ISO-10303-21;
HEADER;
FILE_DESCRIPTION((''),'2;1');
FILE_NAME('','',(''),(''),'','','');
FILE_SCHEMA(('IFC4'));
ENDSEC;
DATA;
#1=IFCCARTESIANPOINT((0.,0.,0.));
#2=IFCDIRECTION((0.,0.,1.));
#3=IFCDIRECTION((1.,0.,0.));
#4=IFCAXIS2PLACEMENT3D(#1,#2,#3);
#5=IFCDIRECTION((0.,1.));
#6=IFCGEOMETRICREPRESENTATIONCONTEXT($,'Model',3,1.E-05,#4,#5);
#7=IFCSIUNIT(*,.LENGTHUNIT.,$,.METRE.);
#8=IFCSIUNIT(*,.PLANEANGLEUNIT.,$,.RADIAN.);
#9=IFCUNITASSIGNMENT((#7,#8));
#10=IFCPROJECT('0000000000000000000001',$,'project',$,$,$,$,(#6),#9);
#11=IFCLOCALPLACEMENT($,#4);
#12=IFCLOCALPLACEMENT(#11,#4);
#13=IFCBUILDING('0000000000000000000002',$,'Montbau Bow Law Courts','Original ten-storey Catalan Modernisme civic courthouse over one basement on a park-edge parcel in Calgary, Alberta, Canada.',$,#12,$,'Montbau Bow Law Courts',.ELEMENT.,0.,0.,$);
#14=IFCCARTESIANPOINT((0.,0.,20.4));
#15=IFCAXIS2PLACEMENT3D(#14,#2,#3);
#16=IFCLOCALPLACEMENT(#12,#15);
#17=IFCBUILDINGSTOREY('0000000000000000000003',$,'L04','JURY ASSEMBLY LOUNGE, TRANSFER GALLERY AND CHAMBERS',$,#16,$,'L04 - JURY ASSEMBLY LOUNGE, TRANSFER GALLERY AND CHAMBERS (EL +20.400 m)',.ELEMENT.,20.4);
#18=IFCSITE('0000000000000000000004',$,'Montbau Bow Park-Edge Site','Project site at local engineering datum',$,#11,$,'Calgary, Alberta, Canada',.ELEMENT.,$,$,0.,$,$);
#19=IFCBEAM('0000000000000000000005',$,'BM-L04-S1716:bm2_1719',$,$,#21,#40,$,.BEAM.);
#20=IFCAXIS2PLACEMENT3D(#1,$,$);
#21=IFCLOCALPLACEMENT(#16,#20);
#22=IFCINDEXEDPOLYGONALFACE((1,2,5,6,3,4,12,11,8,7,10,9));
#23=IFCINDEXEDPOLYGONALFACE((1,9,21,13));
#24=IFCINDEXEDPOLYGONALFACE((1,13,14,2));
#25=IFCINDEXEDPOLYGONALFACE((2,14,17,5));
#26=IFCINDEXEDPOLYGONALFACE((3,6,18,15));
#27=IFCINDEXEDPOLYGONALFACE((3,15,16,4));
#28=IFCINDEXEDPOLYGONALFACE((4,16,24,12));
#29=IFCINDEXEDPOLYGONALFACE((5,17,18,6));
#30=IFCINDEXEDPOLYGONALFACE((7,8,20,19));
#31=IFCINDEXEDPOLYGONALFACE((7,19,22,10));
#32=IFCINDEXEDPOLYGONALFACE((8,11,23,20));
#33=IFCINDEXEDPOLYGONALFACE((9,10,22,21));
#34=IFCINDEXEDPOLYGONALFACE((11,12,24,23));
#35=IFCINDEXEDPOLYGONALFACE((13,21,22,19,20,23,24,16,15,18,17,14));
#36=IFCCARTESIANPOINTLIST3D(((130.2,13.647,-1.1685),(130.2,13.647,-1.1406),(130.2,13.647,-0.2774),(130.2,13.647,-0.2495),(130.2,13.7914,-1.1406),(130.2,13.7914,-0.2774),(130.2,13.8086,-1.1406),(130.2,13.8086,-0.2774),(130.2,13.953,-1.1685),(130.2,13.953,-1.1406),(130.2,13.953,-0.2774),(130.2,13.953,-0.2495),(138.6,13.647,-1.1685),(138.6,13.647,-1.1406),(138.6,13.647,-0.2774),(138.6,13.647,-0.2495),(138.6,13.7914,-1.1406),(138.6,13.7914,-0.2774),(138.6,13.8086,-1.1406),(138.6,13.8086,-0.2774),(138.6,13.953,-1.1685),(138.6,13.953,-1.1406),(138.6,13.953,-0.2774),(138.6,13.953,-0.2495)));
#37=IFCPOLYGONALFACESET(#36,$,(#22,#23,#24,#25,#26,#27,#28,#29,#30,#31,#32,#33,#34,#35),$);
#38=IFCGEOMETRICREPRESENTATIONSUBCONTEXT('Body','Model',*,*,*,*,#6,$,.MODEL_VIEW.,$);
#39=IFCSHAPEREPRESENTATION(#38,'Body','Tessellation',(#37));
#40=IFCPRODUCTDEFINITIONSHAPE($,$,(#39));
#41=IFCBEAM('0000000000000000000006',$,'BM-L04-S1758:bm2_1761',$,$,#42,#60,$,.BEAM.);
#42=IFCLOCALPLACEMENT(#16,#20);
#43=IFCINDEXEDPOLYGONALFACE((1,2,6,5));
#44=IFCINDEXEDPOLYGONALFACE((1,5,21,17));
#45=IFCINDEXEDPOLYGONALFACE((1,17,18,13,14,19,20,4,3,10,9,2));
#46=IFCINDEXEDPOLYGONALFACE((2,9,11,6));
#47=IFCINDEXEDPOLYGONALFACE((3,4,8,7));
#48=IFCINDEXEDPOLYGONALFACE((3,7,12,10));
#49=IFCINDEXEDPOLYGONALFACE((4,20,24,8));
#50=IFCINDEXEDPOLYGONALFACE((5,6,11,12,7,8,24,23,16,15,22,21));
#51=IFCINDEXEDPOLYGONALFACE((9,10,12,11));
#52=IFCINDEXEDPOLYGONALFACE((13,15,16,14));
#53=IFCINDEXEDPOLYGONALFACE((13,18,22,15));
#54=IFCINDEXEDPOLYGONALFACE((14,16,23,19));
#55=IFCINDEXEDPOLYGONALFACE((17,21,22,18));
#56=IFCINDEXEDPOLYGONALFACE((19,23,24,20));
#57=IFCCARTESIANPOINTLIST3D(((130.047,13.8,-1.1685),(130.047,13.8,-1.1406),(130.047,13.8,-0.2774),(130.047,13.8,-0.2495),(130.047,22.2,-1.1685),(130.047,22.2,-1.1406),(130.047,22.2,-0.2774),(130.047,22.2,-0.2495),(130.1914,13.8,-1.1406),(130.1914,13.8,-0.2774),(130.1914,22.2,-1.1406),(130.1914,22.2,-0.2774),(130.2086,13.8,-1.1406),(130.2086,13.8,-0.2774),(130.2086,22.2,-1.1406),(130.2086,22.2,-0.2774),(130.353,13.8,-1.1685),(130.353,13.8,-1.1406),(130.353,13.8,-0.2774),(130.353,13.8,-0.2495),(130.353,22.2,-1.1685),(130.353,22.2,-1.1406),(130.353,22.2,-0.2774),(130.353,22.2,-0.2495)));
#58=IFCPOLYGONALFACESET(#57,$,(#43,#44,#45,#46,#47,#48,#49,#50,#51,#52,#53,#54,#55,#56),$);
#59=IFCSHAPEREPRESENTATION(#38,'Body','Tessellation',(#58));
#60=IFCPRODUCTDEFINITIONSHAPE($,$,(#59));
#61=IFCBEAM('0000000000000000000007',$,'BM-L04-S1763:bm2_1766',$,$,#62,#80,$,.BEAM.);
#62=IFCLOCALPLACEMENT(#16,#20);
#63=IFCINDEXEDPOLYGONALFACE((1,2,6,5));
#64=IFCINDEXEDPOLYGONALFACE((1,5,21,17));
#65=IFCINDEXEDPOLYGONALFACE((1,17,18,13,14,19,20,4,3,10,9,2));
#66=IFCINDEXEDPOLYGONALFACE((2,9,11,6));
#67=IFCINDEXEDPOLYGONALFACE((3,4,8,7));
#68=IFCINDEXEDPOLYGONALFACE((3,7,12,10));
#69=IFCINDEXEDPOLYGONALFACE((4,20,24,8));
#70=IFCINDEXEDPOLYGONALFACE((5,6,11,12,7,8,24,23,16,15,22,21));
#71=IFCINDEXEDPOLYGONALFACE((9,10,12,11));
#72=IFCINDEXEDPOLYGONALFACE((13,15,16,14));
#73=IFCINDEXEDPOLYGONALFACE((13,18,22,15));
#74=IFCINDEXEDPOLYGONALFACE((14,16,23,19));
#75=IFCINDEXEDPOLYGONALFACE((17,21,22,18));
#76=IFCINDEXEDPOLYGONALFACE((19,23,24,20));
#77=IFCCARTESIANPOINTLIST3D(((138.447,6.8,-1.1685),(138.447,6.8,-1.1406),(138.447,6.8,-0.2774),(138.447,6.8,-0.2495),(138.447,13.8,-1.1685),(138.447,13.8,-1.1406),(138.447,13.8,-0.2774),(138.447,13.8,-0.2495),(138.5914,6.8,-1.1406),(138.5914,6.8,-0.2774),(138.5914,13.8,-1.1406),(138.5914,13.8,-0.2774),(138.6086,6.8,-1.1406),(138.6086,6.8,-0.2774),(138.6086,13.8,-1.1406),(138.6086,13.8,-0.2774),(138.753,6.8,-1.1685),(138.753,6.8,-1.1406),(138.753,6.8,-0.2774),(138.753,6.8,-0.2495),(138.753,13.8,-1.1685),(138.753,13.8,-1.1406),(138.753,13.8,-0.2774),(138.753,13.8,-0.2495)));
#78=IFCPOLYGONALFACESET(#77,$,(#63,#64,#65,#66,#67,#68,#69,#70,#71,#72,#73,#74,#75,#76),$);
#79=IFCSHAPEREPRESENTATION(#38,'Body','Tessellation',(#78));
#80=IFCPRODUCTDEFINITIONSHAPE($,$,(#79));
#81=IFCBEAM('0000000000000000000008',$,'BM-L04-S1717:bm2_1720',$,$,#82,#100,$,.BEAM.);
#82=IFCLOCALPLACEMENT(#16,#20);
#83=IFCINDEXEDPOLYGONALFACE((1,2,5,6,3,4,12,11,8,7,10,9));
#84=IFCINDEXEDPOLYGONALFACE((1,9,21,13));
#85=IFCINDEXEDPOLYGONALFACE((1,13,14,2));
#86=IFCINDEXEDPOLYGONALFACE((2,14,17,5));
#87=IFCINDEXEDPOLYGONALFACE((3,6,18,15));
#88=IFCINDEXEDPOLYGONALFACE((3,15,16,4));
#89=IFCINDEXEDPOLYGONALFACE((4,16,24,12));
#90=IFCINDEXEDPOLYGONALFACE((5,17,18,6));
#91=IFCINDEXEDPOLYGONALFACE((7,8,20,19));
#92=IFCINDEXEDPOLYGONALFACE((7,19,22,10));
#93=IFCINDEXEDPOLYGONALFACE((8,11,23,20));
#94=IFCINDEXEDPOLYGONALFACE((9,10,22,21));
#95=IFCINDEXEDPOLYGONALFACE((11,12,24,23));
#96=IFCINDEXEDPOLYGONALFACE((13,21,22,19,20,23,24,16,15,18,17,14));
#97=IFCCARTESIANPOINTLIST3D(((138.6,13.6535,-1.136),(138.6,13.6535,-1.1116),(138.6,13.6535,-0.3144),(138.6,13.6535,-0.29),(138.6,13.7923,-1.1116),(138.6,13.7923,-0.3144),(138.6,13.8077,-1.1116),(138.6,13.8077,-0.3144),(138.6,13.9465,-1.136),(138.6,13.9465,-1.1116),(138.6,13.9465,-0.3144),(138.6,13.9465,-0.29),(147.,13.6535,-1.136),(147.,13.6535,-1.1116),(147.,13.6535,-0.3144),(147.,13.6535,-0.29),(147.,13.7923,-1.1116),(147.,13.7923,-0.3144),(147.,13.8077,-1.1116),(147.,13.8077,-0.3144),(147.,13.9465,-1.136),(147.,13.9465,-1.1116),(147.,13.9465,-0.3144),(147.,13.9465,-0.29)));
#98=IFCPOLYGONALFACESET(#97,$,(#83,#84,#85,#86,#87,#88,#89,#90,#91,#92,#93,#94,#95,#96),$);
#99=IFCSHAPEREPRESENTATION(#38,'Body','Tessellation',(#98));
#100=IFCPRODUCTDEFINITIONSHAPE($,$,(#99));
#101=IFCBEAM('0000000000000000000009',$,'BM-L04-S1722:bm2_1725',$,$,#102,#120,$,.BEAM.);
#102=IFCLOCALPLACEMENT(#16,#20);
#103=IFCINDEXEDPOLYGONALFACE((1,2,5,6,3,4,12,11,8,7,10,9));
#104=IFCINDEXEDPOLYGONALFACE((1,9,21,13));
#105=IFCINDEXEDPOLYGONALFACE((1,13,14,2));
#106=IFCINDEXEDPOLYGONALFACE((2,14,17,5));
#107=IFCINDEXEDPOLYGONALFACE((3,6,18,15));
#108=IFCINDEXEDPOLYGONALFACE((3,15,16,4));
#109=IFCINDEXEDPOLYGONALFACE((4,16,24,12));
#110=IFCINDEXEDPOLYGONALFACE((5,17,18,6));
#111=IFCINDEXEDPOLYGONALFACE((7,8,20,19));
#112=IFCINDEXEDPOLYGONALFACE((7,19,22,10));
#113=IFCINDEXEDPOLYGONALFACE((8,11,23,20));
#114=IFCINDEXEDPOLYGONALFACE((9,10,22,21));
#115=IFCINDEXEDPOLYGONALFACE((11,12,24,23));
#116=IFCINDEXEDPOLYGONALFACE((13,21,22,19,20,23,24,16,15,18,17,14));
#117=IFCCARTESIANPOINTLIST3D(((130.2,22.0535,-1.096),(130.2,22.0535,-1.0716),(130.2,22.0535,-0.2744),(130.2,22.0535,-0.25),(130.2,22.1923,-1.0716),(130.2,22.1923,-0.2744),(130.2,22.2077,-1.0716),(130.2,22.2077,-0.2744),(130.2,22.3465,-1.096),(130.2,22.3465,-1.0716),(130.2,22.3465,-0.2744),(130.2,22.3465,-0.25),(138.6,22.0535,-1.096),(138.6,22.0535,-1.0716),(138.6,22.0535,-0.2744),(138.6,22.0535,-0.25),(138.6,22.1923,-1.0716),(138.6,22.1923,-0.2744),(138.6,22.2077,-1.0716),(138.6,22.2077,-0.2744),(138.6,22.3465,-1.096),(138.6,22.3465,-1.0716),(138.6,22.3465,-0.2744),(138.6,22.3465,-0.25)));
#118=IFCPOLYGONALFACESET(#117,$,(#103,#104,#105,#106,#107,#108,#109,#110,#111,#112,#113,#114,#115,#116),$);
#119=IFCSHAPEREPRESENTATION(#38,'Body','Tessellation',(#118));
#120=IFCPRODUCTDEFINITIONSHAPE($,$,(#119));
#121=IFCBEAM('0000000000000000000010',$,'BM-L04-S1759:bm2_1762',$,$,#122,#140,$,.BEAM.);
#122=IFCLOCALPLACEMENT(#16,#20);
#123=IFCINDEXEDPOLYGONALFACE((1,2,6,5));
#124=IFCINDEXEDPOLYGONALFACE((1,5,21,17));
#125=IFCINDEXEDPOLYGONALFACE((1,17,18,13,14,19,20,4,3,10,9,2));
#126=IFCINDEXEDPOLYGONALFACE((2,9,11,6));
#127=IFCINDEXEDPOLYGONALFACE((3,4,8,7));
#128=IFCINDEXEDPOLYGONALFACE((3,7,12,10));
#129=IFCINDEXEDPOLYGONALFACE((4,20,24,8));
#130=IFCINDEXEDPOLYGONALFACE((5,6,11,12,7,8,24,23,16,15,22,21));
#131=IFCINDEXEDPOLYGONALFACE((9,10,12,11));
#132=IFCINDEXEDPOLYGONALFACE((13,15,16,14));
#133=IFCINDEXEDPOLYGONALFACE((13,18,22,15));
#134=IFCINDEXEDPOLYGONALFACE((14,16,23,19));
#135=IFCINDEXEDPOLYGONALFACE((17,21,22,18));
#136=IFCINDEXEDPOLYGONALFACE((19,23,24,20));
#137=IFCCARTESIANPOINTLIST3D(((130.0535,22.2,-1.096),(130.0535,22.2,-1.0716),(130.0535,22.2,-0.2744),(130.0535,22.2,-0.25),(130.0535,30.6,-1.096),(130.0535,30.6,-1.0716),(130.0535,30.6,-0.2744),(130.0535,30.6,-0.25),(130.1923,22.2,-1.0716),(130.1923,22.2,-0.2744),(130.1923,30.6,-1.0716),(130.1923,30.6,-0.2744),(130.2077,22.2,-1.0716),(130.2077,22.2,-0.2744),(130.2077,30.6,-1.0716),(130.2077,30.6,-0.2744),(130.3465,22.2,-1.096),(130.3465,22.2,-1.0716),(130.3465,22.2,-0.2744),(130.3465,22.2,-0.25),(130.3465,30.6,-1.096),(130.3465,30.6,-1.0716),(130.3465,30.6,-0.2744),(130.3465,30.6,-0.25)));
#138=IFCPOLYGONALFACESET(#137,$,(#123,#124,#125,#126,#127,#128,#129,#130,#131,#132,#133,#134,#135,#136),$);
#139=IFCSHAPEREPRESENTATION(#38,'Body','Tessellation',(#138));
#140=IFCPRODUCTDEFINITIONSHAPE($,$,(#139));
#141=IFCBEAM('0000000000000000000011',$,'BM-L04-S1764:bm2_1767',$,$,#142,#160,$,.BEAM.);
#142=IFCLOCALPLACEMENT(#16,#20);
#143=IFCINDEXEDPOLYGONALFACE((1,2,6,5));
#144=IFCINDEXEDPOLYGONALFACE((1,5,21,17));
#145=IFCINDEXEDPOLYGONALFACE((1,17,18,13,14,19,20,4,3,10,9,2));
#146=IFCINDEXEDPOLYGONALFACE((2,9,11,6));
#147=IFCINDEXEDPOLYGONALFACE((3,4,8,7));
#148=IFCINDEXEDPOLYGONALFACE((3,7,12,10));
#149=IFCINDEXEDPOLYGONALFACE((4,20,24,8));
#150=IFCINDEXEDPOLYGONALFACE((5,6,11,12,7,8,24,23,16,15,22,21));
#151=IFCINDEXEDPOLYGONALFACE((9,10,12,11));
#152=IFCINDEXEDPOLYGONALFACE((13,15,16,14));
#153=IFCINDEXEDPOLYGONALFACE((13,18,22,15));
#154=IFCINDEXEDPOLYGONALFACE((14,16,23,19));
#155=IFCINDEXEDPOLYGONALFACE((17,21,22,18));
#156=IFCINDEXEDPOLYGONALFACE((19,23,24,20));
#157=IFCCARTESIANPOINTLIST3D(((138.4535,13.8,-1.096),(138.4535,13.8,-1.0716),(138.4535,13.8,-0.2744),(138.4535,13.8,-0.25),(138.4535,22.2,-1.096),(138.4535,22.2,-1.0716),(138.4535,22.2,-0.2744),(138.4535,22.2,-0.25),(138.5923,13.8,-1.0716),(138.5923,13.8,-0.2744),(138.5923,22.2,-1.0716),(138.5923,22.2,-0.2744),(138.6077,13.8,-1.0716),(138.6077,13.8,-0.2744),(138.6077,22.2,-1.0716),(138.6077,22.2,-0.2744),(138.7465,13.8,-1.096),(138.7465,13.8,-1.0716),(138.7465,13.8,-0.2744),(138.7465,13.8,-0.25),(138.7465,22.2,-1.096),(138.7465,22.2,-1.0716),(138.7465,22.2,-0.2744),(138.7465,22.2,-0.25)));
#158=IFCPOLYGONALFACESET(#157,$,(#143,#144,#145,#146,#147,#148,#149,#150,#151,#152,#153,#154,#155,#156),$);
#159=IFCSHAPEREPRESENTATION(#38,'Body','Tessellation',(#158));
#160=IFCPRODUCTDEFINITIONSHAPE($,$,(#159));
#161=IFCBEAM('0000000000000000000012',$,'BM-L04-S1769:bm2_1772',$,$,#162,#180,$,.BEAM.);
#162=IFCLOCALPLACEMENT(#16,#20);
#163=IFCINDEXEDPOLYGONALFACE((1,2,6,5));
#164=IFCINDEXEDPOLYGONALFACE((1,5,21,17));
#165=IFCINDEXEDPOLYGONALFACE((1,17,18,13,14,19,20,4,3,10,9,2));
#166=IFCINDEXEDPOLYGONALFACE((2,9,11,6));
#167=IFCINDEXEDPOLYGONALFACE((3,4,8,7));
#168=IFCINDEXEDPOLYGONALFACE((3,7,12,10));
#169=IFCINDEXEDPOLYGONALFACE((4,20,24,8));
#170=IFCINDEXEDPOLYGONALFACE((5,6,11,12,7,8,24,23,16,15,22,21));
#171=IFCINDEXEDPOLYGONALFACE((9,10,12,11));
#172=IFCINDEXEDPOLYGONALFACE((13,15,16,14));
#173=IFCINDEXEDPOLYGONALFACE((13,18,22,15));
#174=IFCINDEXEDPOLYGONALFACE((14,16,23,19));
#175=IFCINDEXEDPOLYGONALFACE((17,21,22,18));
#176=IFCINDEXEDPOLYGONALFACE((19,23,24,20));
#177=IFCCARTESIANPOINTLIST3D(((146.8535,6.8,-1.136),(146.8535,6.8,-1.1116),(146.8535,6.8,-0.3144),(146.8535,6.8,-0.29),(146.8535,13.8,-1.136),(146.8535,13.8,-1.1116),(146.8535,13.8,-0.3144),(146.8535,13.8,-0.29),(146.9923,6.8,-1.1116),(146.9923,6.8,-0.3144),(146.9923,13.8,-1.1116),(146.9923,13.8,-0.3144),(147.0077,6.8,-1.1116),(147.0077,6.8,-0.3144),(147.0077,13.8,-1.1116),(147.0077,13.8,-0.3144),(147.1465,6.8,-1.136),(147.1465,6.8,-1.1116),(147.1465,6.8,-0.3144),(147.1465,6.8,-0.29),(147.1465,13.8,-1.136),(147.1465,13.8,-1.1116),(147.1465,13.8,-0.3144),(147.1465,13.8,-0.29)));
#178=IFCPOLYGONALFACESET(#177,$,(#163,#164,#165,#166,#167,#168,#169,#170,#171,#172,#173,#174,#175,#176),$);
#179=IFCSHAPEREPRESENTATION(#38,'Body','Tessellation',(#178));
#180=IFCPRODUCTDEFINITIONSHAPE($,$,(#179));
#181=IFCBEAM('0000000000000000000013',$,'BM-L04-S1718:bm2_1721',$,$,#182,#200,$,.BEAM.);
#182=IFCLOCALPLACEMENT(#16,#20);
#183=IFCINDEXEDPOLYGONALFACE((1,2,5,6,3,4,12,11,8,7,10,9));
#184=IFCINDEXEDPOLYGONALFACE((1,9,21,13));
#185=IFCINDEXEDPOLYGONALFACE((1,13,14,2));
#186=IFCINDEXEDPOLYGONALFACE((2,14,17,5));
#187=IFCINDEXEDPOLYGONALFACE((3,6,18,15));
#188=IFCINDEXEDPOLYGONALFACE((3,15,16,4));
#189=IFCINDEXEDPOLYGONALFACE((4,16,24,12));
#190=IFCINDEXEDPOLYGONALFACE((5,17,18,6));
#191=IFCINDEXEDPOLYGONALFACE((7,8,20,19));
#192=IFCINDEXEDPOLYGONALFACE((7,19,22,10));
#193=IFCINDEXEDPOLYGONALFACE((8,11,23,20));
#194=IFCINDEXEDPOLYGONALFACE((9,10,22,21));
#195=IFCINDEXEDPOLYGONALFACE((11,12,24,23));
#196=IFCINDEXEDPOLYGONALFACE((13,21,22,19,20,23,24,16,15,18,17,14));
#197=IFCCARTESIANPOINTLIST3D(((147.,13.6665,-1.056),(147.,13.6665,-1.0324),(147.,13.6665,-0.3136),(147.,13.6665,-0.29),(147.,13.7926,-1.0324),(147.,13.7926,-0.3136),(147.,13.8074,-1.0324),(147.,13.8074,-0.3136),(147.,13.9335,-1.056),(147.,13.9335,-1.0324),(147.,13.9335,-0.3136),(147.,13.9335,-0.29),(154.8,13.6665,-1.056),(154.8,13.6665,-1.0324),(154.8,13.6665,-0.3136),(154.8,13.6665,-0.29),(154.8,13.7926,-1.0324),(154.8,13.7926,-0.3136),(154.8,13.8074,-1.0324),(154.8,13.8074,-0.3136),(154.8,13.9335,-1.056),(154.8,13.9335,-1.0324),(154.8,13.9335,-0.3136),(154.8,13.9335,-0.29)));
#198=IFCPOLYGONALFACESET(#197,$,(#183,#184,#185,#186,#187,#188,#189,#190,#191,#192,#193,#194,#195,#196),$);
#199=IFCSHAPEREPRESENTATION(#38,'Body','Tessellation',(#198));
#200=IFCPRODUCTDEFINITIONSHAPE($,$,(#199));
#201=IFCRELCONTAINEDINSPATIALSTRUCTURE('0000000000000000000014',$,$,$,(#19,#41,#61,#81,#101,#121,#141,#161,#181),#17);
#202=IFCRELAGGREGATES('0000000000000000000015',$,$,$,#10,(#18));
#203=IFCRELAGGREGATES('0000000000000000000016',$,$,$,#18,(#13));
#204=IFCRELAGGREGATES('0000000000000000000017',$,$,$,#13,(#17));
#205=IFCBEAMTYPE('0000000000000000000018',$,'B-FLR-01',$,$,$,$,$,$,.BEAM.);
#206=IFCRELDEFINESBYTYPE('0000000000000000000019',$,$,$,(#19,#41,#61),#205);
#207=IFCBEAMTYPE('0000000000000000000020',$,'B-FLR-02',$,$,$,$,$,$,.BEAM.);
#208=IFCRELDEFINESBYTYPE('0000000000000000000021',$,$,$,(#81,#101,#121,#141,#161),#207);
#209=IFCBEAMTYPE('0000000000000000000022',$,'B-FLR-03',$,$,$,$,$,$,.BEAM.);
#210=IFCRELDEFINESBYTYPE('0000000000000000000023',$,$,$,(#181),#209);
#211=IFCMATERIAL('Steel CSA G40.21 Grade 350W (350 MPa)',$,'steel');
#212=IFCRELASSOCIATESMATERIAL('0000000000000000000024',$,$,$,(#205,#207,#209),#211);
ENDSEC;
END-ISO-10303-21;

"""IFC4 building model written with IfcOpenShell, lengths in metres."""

from ifc_helpers import new_model, si_unit, direction, frame, origin_with_axes, origin_2d_with_axis, place, context, subcontext, project, spatial, i_section, extrude, material, material_profile, profile_set, type_object, element, save


model = new_model("IFC4")

# Units and contexts
model_context = context("Model", 3, precision=1e-05, world=origin_with_axes(), true_north=direction((0.0, 1.0)))
body_context = subcontext(model_context, "Body", "Model", "MODEL_VIEW")
ifc_project = project(units=[si_unit("LENGTHUNIT", "METRE"), si_unit("PLANEANGLEUNIT", "RADIAN")], contexts=[model_context])

# Site, building, storey
site_placement = place(None, origin_with_axes())
site = spatial("IfcSite", under=ifc_project, at=site_placement, Name="Montbau Bow Park-Edge Site", Description="Project site at local engineering datum", LongName="Calgary, Alberta, Canada", CompositionType="ELEMENT", RefElevation=0.0)
building_placement = place(site_placement, origin_with_axes())
building = spatial("IfcBuilding", under=site, at=building_placement, Name="Montbau Bow Law Courts", Description="Original ten-storey Catalan Modernisme civic courthouse over one basement on a park-edge parcel in Calgary, Alberta, Canada.", LongName="Montbau Bow Law Courts", CompositionType="ELEMENT", ElevationOfRefHeight=0.0, ElevationOfTerrain=0.0)
storey_placement = place(building_placement, frame((0.0, 0.0, 20.4), z_axis=(0.0, 0.0, 1.0), x_axis=(1.0, 0.0, 0.0)))
storey = spatial("IfcBuildingStorey", under=building, at=storey_placement, Name="L04", Description="JURY ASSEMBLY LOUNGE, TRANSFER GALLERY AND CHAMBERS", LongName="L04 - JURY ASSEMBLY LOUNGE, TRANSFER GALLERY AND CHAMBERS (EL +20.400 m)", CompositionType="ELEMENT", Elevation=20.4)

# Beams
ifc_material_1 = material(Name="Steel CSA G40.21 Grade 350W (350 MPa)", Category="steel")
ifc_material_profile_1 = material_profile(ifc_material_1, i_section(OverallWidth=0.306, OverallDepth=0.919, WebThickness=0.0173, FlangeThickness=0.0279, at=origin_2d_with_axis()), Name="W920X253", Category="Main", Priority=0)
ifc_profile_set_1 = profile_set([ifc_material_profile_1], Name="Steel CSA G40.21 Grade 350W (350 MPa)")
beam_type_1 = type_object("IfcBeamType", Name="B-FLR-01", PredefinedType="BEAM", material=ifc_profile_set_1)
for number, where, z_axis, x_axis, name in (
    (1, (130.2, 13.8, 19.691), (1.0, 0.0, 0.0), (0.0, 1.0, 0.0), "BM-L04-S1716:bm2_1719"),
    (2, (130.2, 13.8, 19.691), (0.0, 1.0, 0.0), (-1.0, 0.0, 0.0), "BM-L04-S1758:bm2_1761"),
):
    element("IfcBeam", number, at=place(None, frame(where, z_axis=z_axis, x_axis=x_axis)), inside=storey, type_object=beam_type_1, Name=name, PredefinedType="BEAM", context=body_context, shape_type="SweptSolid", body=[
        extrude(i_section(OverallWidth=0.306, OverallDepth=0.919, WebThickness=0.0173, FlangeThickness=0.0279, at=origin_2d_with_axis()), origin_with_axes(), (0.0, 0.0, 1.0), 8.4),
    ])
beam_1_placement = place(None, frame((138.6, 6.8, 19.691), z_axis=(0.0, 1.0, 0.0), x_axis=(-1.0, 0.0, 0.0)))
element("IfcBeam", 3, at=beam_1_placement, inside=storey, type_object=beam_type_1, Name="BM-L04-S1763:bm2_1766", PredefinedType="BEAM", context=body_context, shape_type="SweptSolid", body=[
    extrude(i_section(OverallWidth=0.306, OverallDepth=0.919, WebThickness=0.0173, FlangeThickness=0.0279, at=origin_2d_with_axis()), origin_with_axes(), (0.0, 0.0, 1.0), 7.0),
])
ifc_material_profile_2 = material_profile(ifc_material_1, i_section(OverallWidth=0.293, OverallDepth=0.846, WebThickness=0.0154, FlangeThickness=0.0244, at=origin_2d_with_axis()), Name="W840X210", Category="Main", Priority=0)
ifc_profile_set_2 = profile_set([ifc_material_profile_2], Name="Steel CSA G40.21 Grade 350W (350 MPa)")
beam_type_2 = type_object("IfcBeamType", Name="B-FLR-02", PredefinedType="BEAM", material=ifc_profile_set_2)
for number, where, z_axis, x_axis, name in (
    (4, (138.6, 13.8, 19.687), (1.0, 0.0, 0.0), (0.0, 1.0, 0.0), "BM-L04-S1717:bm2_1720"),
    (5, (130.2, 22.2, 19.727), (1.0, 0.0, 0.0), (0.0, 1.0, 0.0), "BM-L04-S1722:bm2_1725"),
    (6, (130.2, 22.2, 19.727), (0.0, 1.0, 0.0), (-1.0, 0.0, 0.0), "BM-L04-S1759:bm2_1762"),
    (7, (138.6, 13.8, 19.727), (0.0, 1.0, 0.0), (-1.0, 0.0, 0.0), "BM-L04-S1764:bm2_1767"),
):
    element("IfcBeam", number, at=place(None, frame(where, z_axis=z_axis, x_axis=x_axis)), inside=storey, type_object=beam_type_2, Name=name, PredefinedType="BEAM", context=body_context, shape_type="SweptSolid", body=[
        extrude(i_section(OverallWidth=0.293, OverallDepth=0.846, WebThickness=0.0154, FlangeThickness=0.0244, at=origin_2d_with_axis()), origin_with_axes(), (0.0, 0.0, 1.0), 8.4),
    ])
beam_2_placement = place(None, frame((147.0, 6.8, 19.687), z_axis=(0.0, 1.0, 0.0), x_axis=(-1.0, 0.0, 0.0)))
element("IfcBeam", 8, at=beam_2_placement, inside=storey, type_object=beam_type_2, Name="BM-L04-S1769:bm2_1772", PredefinedType="BEAM", context=body_context, shape_type="SweptSolid", body=[
    extrude(i_section(OverallWidth=0.293, OverallDepth=0.846, WebThickness=0.0154, FlangeThickness=0.0244, at=origin_2d_with_axis()), origin_with_axes(), (0.0, 0.0, 1.0), 7.0),
])
ifc_material_profile_3 = material_profile(ifc_material_1, i_section(OverallWidth=0.267, OverallDepth=0.766, WebThickness=0.0149, FlangeThickness=0.0236, at=origin_2d_with_axis()), Name="W760X185", Category="Main", Priority=0)
ifc_profile_set_3 = profile_set([ifc_material_profile_3], Name="Steel CSA G40.21 Grade 350W (350 MPa)")
beam_type_3 = type_object("IfcBeamType", Name="B-FLR-03", PredefinedType="BEAM", material=ifc_profile_set_3)
beam_3_placement = place(None, frame((147.0, 13.8, 19.727), z_axis=(1.0, 0.0, 0.0), x_axis=(0.0, 1.0, 0.0)))
element("IfcBeam", 9, at=beam_3_placement, inside=storey, type_object=beam_type_3, Name="BM-L04-S1718:bm2_1721", PredefinedType="BEAM", context=body_context, shape_type="SweptSolid", body=[
    extrude(i_section(OverallWidth=0.267, OverallDepth=0.766, WebThickness=0.0149, FlangeThickness=0.0236, at=origin_2d_with_axis()), origin_with_axes(), (0.0, 0.0, 1.0), 7.8),
])

save(model, "model.ifc")
